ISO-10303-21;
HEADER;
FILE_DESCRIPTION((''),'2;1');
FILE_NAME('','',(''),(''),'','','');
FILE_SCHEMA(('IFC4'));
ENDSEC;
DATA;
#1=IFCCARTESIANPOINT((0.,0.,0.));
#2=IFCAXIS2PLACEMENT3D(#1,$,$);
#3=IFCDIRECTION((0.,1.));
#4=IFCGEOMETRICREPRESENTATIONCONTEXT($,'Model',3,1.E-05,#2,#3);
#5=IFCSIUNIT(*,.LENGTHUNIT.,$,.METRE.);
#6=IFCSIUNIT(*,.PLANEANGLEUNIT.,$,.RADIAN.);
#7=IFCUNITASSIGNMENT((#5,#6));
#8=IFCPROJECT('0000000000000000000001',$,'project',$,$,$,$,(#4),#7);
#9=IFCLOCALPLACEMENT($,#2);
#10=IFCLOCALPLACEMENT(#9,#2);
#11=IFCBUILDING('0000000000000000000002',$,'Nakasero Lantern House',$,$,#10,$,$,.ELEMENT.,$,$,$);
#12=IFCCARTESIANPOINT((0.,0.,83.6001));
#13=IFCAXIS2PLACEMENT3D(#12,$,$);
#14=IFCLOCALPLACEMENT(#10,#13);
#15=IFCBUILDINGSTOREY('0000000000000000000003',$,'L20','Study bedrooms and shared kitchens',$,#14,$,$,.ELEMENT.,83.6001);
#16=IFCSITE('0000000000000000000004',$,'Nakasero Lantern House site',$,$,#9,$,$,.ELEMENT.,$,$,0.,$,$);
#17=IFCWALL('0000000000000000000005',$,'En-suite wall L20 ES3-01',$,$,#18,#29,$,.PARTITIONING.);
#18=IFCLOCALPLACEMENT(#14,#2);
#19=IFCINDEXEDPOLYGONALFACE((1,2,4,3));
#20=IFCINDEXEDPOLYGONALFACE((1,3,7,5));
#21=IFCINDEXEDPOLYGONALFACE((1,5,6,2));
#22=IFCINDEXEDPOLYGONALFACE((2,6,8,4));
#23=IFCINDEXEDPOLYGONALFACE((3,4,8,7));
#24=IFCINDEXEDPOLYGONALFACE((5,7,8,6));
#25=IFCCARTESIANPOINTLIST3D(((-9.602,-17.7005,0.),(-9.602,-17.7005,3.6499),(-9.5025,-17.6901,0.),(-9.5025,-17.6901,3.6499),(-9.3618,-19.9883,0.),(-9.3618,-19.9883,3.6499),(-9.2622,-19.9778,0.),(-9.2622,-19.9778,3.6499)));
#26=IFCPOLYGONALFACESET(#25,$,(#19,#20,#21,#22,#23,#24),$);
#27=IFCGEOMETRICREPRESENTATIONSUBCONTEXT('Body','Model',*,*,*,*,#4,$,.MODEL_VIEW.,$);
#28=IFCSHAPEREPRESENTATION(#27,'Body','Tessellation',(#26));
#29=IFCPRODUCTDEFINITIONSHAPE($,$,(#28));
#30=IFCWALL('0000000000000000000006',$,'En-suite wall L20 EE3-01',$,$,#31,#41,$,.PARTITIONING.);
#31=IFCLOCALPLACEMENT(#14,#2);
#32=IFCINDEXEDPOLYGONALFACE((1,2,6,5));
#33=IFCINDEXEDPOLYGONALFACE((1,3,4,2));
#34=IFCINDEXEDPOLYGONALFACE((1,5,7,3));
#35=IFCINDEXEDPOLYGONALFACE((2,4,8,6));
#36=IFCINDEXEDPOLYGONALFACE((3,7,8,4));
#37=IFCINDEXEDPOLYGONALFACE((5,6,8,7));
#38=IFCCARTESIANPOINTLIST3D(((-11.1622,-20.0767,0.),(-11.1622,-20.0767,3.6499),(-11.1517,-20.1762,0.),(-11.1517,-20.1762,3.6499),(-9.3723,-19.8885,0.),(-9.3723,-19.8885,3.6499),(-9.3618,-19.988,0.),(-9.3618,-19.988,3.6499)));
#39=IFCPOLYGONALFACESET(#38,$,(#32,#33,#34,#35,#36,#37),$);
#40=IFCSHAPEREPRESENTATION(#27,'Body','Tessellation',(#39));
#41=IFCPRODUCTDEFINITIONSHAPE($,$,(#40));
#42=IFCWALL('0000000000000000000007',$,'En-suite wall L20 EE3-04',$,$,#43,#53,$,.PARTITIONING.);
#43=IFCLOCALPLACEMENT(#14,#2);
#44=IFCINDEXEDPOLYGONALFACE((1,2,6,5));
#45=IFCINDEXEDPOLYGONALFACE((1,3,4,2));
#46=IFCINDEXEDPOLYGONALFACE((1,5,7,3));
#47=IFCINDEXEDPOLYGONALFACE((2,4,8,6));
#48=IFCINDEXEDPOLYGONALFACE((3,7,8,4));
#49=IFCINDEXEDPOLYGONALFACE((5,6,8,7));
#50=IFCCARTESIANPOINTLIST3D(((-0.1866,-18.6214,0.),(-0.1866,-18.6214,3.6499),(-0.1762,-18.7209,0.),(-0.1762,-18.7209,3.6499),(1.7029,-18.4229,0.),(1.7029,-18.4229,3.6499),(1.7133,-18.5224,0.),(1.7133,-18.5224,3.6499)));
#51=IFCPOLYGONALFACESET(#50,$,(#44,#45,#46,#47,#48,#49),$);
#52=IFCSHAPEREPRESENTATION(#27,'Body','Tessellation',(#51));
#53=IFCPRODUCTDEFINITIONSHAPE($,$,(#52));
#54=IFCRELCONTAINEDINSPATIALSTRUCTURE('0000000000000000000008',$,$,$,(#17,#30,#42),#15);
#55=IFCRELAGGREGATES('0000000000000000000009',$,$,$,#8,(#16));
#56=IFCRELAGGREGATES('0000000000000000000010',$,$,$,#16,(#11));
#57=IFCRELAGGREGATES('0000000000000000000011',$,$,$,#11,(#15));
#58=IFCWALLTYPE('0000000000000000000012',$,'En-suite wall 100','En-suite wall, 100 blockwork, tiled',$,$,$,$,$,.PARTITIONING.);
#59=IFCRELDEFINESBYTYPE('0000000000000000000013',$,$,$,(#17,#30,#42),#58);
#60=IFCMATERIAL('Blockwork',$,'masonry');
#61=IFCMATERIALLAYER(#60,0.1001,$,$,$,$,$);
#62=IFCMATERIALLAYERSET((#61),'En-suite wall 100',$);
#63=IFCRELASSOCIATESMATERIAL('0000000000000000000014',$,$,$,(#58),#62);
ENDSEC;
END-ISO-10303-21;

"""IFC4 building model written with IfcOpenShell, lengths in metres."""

from ifc_helpers import new_model, si_unit, direction, frame, frame_2d, origin, place, context, subcontext, project, spatial, rectangle, extrude, material, layer, layer_set, type_object, element, save


model = new_model("IFC4")

# Units and contexts
model_context = context("Model", 3, precision=1e-05, world=origin(), true_north=direction((0.0, 1.0)))
body_context = subcontext(model_context, "Body", "Model", "MODEL_VIEW")
ifc_project = project(units=[si_unit("LENGTHUNIT", "METRE"), si_unit("PLANEANGLEUNIT", "RADIAN")], contexts=[model_context])

# Site, building, storey
site_placement = place(None, origin())
site = spatial("IfcSite", under=ifc_project, at=site_placement, Name="Nakasero Lantern House site", CompositionType="ELEMENT", RefElevation=0.0)
building_placement = place(site_placement, origin())
building = spatial("IfcBuilding", under=site, at=building_placement, Name="Nakasero Lantern House", CompositionType="ELEMENT")
storey_placement = place(building_placement, frame((0.0, 0.0, 83.6001)))
storey = spatial("IfcBuildingStorey", under=building, at=storey_placement, Name="L20", Description="Study bedrooms and shared kitchens", CompositionType="ELEMENT", Elevation=83.6001)

# Walls
ifc_material_1 = material(Name="Blockwork", Category="masonry")
ifc_layer_1 = layer(ifc_material_1, 0.1001)
ifc_layer_set_1 = layer_set([ifc_layer_1], Name="En-suite wall 100")
wall_type_1 = type_object("IfcWallType", Name="En-suite wall 100", Description="En-suite wall, 100 blockwork, tiled", PredefinedType="PARTITIONING", material=ifc_layer_set_1)
wall_1_placement = place(storey_placement, frame((-9.5522, -17.6953, 0.0), z_axis=(0.0, 0.0, 1.0), x_axis=(0.104442, -0.994531, 0.0)))
element("IfcWall", 1, at=wall_1_placement, inside=storey, type_object=wall_type_1, Name="En-suite wall L20 ES3-01", PredefinedType="PARTITIONING", context=body_context, shape_type="SweptSolid", body=[
    extrude(rectangle(XDim=2.3003, YDim=0.1001, at=frame_2d((1.1501, 0.0))), origin(), (0.0, 0.0, 1.0), 3.6499),
])
wall_2_placement = place(storey_placement, frame((-11.157, -20.1265, 0.0), z_axis=(0.0, 0.0, 1.0), x_axis=(0.994517, 0.104579, 0.0)))
element("IfcWall", 2, at=wall_2_placement, inside=storey, type_object=wall_type_1, Name="En-suite wall L20 EE3-01", PredefinedType="PARTITIONING", context=body_context, shape_type="SweptSolid", body=[
    extrude(rectangle(XDim=1.7998, YDim=0.1001, at=frame_2d((0.8999, 0.0))), origin(), (0.0, 0.0, 1.0), 3.6499),
])
wall_3_placement = place(storey_placement, frame((-0.1814, -18.6711, 0.0), z_axis=(0.0, 0.0, 1.0), x_axis=(0.994527, 0.104477, 0.0)))
element("IfcWall", 3, at=wall_3_placement, inside=storey, type_object=wall_type_1, Name="En-suite wall L20 EE3-04", PredefinedType="PARTITIONING", context=body_context, shape_type="SweptSolid", body=[
    extrude(rectangle(XDim=1.8999, YDim=0.1001, at=frame_2d((0.95, 0.0))), origin(), (0.0, 0.0, 1.0), 3.6499),
])

save(model, "model.ifc")
